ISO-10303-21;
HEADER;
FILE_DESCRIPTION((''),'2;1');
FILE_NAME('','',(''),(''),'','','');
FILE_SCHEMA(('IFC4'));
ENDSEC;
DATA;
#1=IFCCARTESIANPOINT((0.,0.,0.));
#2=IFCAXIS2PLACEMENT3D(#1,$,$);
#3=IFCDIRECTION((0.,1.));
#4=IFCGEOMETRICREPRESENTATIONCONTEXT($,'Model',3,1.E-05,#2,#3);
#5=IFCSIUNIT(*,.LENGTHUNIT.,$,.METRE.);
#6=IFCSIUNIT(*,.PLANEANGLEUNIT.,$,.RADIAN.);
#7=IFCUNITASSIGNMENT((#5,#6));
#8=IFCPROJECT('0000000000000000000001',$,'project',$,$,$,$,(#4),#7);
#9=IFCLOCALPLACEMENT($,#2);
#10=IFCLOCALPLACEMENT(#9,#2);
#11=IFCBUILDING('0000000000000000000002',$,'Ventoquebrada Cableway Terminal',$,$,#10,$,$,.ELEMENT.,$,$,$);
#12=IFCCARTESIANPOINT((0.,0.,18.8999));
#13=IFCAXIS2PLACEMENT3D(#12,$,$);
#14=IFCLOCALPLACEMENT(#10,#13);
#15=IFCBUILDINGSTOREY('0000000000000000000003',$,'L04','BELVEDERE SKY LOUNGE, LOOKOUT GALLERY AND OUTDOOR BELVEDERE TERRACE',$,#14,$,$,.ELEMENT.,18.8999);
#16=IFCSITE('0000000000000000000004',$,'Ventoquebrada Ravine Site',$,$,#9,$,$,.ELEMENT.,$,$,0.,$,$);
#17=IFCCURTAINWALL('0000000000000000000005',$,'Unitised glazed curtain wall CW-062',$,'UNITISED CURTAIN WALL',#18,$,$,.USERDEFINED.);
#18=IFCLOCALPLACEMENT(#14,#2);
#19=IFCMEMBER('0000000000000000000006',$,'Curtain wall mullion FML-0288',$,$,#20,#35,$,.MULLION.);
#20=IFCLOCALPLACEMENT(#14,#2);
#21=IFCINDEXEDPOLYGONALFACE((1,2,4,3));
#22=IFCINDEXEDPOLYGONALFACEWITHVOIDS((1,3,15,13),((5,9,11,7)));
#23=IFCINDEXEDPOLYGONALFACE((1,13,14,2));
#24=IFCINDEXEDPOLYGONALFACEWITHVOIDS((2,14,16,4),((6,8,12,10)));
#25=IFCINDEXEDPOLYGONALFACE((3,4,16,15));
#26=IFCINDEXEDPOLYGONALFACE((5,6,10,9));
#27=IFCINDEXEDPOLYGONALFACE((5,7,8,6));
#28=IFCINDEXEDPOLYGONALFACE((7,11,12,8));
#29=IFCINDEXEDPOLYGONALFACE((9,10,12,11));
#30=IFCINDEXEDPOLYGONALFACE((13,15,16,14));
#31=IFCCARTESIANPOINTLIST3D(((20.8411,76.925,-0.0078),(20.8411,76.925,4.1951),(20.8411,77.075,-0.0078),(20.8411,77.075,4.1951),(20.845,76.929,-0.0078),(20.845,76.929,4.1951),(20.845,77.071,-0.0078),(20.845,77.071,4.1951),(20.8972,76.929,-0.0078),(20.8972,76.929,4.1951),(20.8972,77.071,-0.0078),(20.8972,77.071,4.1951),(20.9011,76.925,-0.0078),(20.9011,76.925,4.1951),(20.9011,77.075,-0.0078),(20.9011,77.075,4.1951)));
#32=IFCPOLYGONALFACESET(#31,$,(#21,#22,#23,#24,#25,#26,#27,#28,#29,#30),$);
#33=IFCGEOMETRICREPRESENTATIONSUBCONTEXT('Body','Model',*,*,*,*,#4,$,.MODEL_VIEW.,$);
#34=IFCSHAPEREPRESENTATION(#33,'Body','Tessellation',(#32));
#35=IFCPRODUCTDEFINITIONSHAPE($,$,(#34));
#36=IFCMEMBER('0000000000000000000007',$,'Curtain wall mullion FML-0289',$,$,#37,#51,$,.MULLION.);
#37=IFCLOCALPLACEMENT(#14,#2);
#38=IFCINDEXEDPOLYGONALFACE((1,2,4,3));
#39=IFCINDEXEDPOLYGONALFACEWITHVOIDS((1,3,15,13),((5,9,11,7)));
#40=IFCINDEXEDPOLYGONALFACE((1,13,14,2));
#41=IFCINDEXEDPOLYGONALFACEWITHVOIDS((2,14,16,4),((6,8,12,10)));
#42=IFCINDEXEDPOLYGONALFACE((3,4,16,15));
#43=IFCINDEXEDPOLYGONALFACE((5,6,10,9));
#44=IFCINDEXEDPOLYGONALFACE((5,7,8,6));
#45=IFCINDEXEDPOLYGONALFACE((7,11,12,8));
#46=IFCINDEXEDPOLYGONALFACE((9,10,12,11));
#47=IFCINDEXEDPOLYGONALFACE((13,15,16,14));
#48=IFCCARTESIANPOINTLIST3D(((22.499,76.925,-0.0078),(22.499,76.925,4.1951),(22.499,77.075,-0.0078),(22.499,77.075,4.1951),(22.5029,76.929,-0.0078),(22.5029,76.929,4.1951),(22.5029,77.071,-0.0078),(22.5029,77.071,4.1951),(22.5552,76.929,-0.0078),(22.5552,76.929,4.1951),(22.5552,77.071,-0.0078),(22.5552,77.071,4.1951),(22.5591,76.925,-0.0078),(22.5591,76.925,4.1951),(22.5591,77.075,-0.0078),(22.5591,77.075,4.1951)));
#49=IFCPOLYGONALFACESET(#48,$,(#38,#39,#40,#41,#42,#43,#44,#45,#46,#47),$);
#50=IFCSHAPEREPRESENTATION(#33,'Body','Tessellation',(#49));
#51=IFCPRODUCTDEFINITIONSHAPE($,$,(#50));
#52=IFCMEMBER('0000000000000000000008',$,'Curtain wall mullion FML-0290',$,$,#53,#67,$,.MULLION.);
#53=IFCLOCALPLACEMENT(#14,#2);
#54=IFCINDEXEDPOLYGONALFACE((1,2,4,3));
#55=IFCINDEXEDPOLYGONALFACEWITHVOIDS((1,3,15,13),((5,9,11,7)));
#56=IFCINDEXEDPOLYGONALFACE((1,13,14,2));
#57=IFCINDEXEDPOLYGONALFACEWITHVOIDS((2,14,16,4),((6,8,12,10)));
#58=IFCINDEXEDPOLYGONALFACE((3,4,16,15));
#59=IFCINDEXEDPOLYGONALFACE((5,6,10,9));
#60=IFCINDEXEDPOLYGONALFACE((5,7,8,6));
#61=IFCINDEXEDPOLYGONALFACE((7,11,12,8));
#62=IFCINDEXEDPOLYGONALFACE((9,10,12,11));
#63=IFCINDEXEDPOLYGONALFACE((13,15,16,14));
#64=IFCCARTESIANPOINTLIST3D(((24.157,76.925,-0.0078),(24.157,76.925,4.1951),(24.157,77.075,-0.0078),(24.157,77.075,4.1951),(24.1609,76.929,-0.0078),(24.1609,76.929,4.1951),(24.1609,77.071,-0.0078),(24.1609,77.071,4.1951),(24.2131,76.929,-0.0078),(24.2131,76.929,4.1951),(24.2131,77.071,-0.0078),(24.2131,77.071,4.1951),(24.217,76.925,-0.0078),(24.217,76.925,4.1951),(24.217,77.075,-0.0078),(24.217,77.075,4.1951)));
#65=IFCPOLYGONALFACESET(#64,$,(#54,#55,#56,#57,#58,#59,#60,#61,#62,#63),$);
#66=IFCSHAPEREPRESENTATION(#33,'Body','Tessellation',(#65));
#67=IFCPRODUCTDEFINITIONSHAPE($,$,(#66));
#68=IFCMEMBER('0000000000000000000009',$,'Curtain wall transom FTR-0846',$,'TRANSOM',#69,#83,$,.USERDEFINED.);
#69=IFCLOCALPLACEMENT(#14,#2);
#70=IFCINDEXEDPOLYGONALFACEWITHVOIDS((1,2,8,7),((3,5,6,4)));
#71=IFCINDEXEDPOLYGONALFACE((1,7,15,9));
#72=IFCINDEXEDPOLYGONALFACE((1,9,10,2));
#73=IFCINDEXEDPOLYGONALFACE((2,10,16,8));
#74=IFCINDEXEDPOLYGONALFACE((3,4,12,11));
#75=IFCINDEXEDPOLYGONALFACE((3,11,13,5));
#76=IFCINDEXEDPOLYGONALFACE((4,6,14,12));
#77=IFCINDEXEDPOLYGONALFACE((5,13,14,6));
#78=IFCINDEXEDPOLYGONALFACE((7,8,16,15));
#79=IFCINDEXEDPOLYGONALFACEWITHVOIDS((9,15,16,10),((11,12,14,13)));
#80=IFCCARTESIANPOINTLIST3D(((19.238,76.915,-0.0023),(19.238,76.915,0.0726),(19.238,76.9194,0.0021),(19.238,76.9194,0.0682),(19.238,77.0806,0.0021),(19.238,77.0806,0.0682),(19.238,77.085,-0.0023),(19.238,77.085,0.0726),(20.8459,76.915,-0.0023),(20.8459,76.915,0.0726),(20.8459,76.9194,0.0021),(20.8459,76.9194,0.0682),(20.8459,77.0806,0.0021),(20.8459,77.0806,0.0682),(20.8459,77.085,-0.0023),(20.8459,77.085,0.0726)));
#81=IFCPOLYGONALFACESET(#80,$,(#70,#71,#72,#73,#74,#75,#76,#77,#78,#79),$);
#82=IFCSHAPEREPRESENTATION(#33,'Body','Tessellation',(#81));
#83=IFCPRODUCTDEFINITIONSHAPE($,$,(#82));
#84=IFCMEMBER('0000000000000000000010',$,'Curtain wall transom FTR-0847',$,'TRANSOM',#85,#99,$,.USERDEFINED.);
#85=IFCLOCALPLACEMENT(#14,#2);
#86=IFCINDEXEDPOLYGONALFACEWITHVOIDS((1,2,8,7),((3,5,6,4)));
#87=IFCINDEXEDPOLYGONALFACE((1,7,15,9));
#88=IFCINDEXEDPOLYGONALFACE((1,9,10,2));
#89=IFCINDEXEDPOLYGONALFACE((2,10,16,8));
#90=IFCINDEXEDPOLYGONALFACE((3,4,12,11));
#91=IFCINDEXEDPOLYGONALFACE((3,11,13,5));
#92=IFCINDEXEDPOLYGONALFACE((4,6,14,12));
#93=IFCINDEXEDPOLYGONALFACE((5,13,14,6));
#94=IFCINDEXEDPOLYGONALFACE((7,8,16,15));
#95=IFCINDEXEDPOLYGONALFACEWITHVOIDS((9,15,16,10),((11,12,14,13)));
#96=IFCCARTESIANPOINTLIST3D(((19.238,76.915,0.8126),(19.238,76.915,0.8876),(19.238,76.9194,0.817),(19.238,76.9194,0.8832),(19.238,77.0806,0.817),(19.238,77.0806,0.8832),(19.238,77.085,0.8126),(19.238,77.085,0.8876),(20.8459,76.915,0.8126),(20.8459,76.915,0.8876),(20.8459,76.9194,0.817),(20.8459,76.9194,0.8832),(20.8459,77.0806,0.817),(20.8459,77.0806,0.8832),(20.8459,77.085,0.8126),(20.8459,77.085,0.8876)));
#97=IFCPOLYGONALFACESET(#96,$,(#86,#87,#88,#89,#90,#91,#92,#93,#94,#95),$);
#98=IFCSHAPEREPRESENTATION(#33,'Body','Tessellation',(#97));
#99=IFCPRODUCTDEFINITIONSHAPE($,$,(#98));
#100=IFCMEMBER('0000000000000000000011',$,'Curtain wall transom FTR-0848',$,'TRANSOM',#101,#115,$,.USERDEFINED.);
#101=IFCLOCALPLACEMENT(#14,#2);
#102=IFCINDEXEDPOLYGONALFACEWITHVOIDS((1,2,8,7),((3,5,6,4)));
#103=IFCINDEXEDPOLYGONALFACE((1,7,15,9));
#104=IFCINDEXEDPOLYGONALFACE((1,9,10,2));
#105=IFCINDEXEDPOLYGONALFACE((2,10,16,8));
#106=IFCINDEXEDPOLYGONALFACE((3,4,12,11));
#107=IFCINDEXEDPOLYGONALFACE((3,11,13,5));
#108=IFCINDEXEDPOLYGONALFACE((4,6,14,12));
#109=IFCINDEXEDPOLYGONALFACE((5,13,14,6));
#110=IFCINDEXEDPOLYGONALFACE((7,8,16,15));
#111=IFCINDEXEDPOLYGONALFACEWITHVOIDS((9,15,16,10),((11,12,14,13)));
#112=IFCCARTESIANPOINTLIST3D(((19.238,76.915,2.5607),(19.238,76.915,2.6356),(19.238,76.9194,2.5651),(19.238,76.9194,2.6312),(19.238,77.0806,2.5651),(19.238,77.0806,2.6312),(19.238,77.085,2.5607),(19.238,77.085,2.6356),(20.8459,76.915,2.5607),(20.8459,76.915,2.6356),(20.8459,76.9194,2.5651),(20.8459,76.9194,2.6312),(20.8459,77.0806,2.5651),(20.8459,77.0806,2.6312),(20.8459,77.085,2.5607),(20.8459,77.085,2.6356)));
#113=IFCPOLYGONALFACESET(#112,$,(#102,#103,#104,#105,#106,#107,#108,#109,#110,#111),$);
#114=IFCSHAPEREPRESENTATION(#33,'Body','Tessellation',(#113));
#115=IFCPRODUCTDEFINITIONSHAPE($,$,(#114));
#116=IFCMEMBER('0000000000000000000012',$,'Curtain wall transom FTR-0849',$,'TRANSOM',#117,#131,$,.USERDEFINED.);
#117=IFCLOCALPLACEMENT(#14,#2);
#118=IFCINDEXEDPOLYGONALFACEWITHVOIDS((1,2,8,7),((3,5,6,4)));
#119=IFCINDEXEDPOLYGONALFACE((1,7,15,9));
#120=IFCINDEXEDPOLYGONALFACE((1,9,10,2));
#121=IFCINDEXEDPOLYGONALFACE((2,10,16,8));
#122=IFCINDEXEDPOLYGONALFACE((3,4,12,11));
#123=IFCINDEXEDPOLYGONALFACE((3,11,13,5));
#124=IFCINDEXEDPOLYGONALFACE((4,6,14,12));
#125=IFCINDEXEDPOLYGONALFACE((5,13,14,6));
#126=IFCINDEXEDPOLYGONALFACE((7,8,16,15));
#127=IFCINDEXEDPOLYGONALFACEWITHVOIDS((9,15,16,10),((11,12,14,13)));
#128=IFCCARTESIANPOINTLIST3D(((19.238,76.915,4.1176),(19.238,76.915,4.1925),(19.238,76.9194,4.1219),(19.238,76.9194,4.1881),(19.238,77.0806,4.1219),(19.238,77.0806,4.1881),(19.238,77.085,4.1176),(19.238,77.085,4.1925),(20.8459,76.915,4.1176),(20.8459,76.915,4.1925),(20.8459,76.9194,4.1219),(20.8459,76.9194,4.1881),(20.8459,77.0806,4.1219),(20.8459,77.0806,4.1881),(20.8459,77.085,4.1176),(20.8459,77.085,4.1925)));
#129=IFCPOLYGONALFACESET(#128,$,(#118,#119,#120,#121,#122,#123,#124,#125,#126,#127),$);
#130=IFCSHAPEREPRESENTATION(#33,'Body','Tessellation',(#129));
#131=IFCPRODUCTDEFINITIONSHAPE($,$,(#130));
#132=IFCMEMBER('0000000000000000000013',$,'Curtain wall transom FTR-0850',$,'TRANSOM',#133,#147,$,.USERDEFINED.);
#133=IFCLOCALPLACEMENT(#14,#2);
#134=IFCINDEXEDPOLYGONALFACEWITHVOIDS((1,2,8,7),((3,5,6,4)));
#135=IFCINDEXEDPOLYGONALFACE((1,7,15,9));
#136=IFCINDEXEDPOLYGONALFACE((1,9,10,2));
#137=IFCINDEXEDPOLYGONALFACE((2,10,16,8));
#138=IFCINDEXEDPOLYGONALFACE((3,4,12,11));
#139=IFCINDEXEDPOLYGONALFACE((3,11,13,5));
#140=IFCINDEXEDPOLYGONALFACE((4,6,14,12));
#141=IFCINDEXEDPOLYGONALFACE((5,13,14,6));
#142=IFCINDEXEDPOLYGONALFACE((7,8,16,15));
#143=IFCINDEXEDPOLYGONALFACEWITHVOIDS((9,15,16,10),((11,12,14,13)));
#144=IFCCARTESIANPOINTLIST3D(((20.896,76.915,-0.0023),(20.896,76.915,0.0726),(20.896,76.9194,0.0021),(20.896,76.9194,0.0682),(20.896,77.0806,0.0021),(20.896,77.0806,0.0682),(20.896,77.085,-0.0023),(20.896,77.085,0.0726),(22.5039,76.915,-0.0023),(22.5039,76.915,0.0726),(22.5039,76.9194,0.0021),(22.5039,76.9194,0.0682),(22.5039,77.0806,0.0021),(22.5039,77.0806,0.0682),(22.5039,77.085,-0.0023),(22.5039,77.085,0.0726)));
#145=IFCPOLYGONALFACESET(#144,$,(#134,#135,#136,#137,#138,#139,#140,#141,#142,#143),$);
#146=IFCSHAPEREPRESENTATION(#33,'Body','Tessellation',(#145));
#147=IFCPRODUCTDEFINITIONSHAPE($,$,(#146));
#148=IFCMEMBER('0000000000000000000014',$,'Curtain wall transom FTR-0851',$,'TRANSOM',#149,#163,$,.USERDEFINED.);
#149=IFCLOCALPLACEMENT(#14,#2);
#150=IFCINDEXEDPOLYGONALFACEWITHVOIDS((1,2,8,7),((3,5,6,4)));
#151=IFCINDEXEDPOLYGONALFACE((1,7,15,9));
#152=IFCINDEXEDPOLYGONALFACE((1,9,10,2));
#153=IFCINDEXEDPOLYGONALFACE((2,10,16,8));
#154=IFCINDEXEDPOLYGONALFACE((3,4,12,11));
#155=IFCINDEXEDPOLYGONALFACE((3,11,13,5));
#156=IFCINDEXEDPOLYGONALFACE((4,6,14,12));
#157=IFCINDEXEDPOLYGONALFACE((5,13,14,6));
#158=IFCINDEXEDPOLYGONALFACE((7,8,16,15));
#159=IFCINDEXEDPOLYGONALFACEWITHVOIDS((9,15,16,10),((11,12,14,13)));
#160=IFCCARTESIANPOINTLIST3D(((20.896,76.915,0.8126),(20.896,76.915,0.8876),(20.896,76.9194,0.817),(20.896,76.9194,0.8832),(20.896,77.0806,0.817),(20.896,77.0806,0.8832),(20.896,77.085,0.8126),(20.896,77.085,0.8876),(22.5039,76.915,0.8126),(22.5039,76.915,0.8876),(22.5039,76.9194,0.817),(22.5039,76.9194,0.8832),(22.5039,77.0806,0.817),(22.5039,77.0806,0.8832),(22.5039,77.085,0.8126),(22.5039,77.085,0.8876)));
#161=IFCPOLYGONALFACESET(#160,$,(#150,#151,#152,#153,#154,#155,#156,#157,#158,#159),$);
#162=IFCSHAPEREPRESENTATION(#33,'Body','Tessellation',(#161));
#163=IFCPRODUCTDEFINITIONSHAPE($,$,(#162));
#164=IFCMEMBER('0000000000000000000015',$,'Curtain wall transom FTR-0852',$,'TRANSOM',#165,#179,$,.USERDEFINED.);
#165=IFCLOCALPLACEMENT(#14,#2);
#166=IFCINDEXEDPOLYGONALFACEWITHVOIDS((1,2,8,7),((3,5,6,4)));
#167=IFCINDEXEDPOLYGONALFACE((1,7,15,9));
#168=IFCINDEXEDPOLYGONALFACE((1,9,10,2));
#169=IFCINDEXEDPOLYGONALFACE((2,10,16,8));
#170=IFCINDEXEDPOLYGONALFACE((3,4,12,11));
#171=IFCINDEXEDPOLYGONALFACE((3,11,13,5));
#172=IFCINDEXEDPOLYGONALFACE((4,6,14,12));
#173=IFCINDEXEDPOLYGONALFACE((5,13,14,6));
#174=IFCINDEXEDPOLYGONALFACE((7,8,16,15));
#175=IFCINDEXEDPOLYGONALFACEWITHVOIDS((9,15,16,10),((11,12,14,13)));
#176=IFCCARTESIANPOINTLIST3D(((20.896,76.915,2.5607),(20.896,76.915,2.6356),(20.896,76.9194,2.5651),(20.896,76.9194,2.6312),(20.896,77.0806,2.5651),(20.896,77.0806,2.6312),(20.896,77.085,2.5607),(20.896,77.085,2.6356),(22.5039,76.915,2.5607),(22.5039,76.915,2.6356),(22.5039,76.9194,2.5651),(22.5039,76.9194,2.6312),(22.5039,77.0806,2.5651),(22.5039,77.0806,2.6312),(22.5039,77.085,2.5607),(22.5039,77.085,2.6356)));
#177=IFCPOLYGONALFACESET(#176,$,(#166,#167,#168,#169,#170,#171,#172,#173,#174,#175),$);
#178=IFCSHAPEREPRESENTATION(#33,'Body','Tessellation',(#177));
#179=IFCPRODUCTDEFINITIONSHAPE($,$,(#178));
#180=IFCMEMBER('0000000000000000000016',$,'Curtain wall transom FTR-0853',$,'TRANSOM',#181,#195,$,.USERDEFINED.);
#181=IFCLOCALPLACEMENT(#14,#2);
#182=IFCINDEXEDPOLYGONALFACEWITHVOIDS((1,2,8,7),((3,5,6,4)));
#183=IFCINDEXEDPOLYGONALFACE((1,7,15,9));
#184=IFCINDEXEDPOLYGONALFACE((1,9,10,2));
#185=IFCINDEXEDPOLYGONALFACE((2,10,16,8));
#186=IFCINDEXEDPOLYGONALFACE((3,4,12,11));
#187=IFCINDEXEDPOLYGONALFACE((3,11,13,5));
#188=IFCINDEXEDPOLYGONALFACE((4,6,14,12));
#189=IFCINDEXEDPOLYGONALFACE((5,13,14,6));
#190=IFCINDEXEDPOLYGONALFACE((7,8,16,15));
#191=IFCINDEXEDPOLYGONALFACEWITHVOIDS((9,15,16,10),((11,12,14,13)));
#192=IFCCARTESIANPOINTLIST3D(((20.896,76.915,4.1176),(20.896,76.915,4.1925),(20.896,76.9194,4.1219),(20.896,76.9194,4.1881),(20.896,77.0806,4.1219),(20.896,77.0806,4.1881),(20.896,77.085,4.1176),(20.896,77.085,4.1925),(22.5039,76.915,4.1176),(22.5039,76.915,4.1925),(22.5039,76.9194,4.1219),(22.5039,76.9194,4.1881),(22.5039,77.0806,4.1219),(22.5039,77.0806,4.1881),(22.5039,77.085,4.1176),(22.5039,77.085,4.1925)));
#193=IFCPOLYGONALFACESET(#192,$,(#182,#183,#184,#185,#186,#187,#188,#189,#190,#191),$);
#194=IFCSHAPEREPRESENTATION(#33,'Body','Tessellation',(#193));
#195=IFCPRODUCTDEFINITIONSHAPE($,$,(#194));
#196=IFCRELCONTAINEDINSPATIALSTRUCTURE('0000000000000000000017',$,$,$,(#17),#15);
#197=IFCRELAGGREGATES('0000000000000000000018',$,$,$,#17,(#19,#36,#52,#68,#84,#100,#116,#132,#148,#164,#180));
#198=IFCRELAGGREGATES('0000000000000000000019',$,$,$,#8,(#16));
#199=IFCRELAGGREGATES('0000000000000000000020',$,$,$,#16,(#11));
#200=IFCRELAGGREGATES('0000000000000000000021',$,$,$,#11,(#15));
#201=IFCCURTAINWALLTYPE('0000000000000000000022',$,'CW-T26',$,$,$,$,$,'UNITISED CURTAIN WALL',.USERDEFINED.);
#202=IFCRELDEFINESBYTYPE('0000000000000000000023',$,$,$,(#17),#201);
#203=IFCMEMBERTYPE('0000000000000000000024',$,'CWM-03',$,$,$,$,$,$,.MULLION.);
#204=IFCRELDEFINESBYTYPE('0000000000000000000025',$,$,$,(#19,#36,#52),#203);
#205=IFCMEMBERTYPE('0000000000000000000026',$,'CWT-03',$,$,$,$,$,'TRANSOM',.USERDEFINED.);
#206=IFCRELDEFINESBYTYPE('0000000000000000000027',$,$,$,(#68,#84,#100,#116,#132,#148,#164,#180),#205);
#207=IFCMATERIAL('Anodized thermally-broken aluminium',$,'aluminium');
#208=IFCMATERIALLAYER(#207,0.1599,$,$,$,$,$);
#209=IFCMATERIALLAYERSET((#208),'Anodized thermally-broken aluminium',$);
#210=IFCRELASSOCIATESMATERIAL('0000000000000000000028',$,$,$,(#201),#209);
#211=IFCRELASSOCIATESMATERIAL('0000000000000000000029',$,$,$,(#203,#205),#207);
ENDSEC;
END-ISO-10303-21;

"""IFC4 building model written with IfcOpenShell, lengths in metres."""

from ifc_helpers import new_model, si_unit, direction, frame, origin, origin_2d, place, context, subcontext, project, spatial, hollow_rectangle, extrude, material, layer, layer_set, material_profile, profile_set, type_object, element, aggregate, save


model = new_model("IFC4")

# Units and contexts
model_context = context("Model", 3, precision=1e-05, world=origin(), true_north=direction((0.0, 1.0)))
body_context = subcontext(model_context, "Body", "Model", "MODEL_VIEW")
ifc_project = project(units=[si_unit("LENGTHUNIT", "METRE"), si_unit("PLANEANGLEUNIT", "RADIAN")], contexts=[model_context])

# Site, building, storey
site_placement = place(None, origin())
site = spatial("IfcSite", under=ifc_project, at=site_placement, Name="Ventoquebrada Ravine Site", CompositionType="ELEMENT", RefElevation=0.0)
building_placement = place(site_placement, origin())
building = spatial("IfcBuilding", under=site, at=building_placement, Name="Ventoquebrada Cableway Terminal", CompositionType="ELEMENT")
storey_placement = place(building_placement, frame((0.0, 0.0, 18.8999)))
storey = spatial("IfcBuildingStorey", under=building, at=storey_placement, Name="L04", Description="BELVEDERE SKY LOUNGE, LOOKOUT GALLERY AND OUTDOOR BELVEDERE TERRACE", CompositionType="ELEMENT", Elevation=18.8999)

# Curtain wall, members
ifc_material_1 = material(Name="Anodized thermally-broken aluminium", Category="aluminium")
ifc_layer_1 = layer(ifc_material_1, 0.1599)
ifc_layer_set_1 = layer_set([ifc_layer_1], Name="Anodized thermally-broken aluminium")
curtain_wall_type = type_object("IfcCurtainWallType", Name="CW-T26", ElementType="UNITISED CURTAIN WALL", PredefinedType="USERDEFINED", material=ifc_layer_set_1)
curtain_wall_placement = place(storey_placement, origin())
curtain_wall = element("IfcCurtainWall", 1, at=curtain_wall_placement, inside=storey, type_object=curtain_wall_type, Name="Unitised glazed curtain wall CW-062", ObjectType="UNITISED CURTAIN WALL", PredefinedType="USERDEFINED")
ifc_material_profile_1 = material_profile(ifc_material_1, hollow_rectangle(XDim=0.0601, YDim=0.1499, WallThickness=0.0039, at=origin_2d()), Name="CW-MUL-60X150")
ifc_profile_set_1 = profile_set([ifc_material_profile_1], Name="Anodized thermally-broken aluminium")
member_type_1 = type_object("IfcMemberType", Name="CWM-03", PredefinedType="MULLION", material=ifc_profile_set_1)
member_1_placement = place(storey_placement, frame((20.8711, 77.0, -0.0078), z_axis=(0.0, 0.0, 1.0), x_axis=(1.0, 0.0, 0.0)))
member_1 = element("IfcMember", 2, at=member_1_placement, type_object=member_type_1, Name="Curtain wall mullion FML-0288", PredefinedType="MULLION", context=body_context, shape_type="SweptSolid", body=[
    extrude(hollow_rectangle(XDim=0.0601, YDim=0.1499, WallThickness=0.0039, at=origin_2d()), origin(), (0.0, 0.0, 1.0), 4.2029),
])
member_2_placement = place(storey_placement, frame((22.5291, 77.0, -0.0078), z_axis=(0.0, 0.0, 1.0), x_axis=(1.0, 0.0, 0.0)))
member_2 = element("IfcMember", 3, at=member_2_placement, type_object=member_type_1, Name="Curtain wall mullion FML-0289", PredefinedType="MULLION", context=body_context, shape_type="SweptSolid", body=[
    extrude(hollow_rectangle(XDim=0.0601, YDim=0.1499, WallThickness=0.0039, at=origin_2d()), origin(), (0.0, 0.0, 1.0), 4.2029),
])
member_3_placement = place(storey_placement, frame((24.187, 77.0, -0.0078), z_axis=(0.0, 0.0, 1.0), x_axis=(1.0, 0.0, 0.0)))
member_3 = element("IfcMember", 4, at=member_3_placement, type_object=member_type_1, Name="Curtain wall mullion FML-0290", PredefinedType="MULLION", context=body_context, shape_type="SweptSolid", body=[
    extrude(hollow_rectangle(XDim=0.0601, YDim=0.1499, WallThickness=0.0039, at=origin_2d()), origin(), (0.0, 0.0, 1.0), 4.2029),
])
ifc_material_profile_2 = material_profile(ifc_material_1, hollow_rectangle(XDim=0.075, YDim=0.1699, WallThickness=0.0044, at=origin_2d()), Name="CW-TRN-75X170")
ifc_profile_set_2 = profile_set([ifc_material_profile_2], Name="Anodized thermally-broken aluminium")
member_type_2 = type_object("IfcMemberType", Name="CWT-03", ElementType="TRANSOM", PredefinedType="USERDEFINED", material=ifc_profile_set_2)
member_4_placement = place(storey_placement, frame((19.238, 77.0, 0.0352), z_axis=(1.0, 0.0, 0.0), x_axis=(0.0, 0.0, 1.0)))
member_4 = element("IfcMember", 5, at=member_4_placement, type_object=member_type_2, Name="Curtain wall transom FTR-0846", ObjectType="TRANSOM", PredefinedType="USERDEFINED", context=body_context, shape_type="SweptSolid", body=[
    extrude(hollow_rectangle(XDim=0.075, YDim=0.1699, WallThickness=0.0044, at=origin_2d()), origin(), (0.0, 0.0, 1.0), 1.6079),
])
member_5_placement = place(storey_placement, frame((19.238, 77.0, 0.8501), z_axis=(1.0, 0.0, 0.0), x_axis=(0.0, 0.0, 1.0)))
member_5 = element("IfcMember", 6, at=member_5_placement, type_object=member_type_2, Name="Curtain wall transom FTR-0847", ObjectType="TRANSOM", PredefinedType="USERDEFINED", context=body_context, shape_type="SweptSolid", body=[
    extrude(hollow_rectangle(XDim=0.075, YDim=0.1699, WallThickness=0.0044, at=origin_2d()), origin(), (0.0, 0.0, 1.0), 1.6079),
])
member_6_placement = place(storey_placement, frame((19.238, 77.0, 2.5981), z_axis=(1.0, 0.0, 0.0), x_axis=(0.0, 0.0, 1.0)))
member_6 = element("IfcMember", 7, at=member_6_placement, type_object=member_type_2, Name="Curtain wall transom FTR-0848", ObjectType="TRANSOM", PredefinedType="USERDEFINED", context=body_context, shape_type="SweptSolid", body=[
    extrude(hollow_rectangle(XDim=0.075, YDim=0.1699, WallThickness=0.0044, at=origin_2d()), origin(), (0.0, 0.0, 1.0), 1.6079),
])
member_7_placement = place(storey_placement, frame((19.238, 77.0, 4.155), z_axis=(1.0, 0.0, 0.0), x_axis=(0.0, 0.0, 1.0)))
member_7 = element("IfcMember", 8, at=member_7_placement, type_object=member_type_2, Name="Curtain wall transom FTR-0849", ObjectType="TRANSOM", PredefinedType="USERDEFINED", context=body_context, shape_type="SweptSolid", body=[
    extrude(hollow_rectangle(XDim=0.075, YDim=0.1699, WallThickness=0.0044, at=origin_2d()), origin(), (0.0, 0.0, 1.0), 1.6079),
])
member_8_placement = place(storey_placement, frame((20.896, 77.0, 0.0352), z_axis=(1.0, 0.0, 0.0), x_axis=(0.0, 0.0, 1.0)))
member_8 = element("IfcMember", 9, at=member_8_placement, type_object=member_type_2, Name="Curtain wall transom FTR-0850", ObjectType="TRANSOM", PredefinedType="USERDEFINED", context=body_context, shape_type="SweptSolid", body=[
    extrude(hollow_rectangle(XDim=0.075, YDim=0.1699, WallThickness=0.0044, at=origin_2d()), origin(), (0.0, 0.0, 1.0), 1.6079),
])
member_9_placement = place(storey_placement, frame((20.896, 77.0, 0.8501), z_axis=(1.0, 0.0, 0.0), x_axis=(0.0, 0.0, 1.0)))
member_9 = element("IfcMember", 10, at=member_9_placement, type_object=member_type_2, Name="Curtain wall transom FTR-0851", ObjectType="TRANSOM", PredefinedType="USERDEFINED", context=body_context, shape_type="SweptSolid", body=[
    extrude(hollow_rectangle(XDim=0.075, YDim=0.1699, WallThickness=0.0044, at=origin_2d()), origin(), (0.0, 0.0, 1.0), 1.6079),
])
member_10_placement = place(storey_placement, frame((20.896, 77.0, 2.5981), z_axis=(1.0, 0.0, 0.0), x_axis=(0.0, 0.0, 1.0)))
member_10 = element("IfcMember", 11, at=member_10_placement, type_object=member_type_2, Name="Curtain wall transom FTR-0852", ObjectType="TRANSOM", PredefinedType="USERDEFINED", context=body_context, shape_type="SweptSolid", body=[
    extrude(hollow_rectangle(XDim=0.075, YDim=0.1699, WallThickness=0.0044, at=origin_2d()), origin(), (0.0, 0.0, 1.0), 1.6079),
])
member_11_placement = place(storey_placement, frame((20.896, 77.0, 4.155), z_axis=(1.0, 0.0, 0.0), x_axis=(0.0, 0.0, 1.0)))
member_11 = element("IfcMember", 12, at=member_11_placement, type_object=member_type_2, Name="Curtain wall transom FTR-0853", ObjectType="TRANSOM", PredefinedType="USERDEFINED", context=body_context, shape_type="SweptSolid", body=[
    extrude(hollow_rectangle(XDim=0.075, YDim=0.1699, WallThickness=0.0044, at=origin_2d()), origin(), (0.0, 0.0, 1.0), 1.6079),
])
aggregate(curtain_wall, [member_1, member_2, member_3, member_4, member_5, member_6, member_7, member_8, member_9, member_10, member_11])

save(model, "model.ifc")
